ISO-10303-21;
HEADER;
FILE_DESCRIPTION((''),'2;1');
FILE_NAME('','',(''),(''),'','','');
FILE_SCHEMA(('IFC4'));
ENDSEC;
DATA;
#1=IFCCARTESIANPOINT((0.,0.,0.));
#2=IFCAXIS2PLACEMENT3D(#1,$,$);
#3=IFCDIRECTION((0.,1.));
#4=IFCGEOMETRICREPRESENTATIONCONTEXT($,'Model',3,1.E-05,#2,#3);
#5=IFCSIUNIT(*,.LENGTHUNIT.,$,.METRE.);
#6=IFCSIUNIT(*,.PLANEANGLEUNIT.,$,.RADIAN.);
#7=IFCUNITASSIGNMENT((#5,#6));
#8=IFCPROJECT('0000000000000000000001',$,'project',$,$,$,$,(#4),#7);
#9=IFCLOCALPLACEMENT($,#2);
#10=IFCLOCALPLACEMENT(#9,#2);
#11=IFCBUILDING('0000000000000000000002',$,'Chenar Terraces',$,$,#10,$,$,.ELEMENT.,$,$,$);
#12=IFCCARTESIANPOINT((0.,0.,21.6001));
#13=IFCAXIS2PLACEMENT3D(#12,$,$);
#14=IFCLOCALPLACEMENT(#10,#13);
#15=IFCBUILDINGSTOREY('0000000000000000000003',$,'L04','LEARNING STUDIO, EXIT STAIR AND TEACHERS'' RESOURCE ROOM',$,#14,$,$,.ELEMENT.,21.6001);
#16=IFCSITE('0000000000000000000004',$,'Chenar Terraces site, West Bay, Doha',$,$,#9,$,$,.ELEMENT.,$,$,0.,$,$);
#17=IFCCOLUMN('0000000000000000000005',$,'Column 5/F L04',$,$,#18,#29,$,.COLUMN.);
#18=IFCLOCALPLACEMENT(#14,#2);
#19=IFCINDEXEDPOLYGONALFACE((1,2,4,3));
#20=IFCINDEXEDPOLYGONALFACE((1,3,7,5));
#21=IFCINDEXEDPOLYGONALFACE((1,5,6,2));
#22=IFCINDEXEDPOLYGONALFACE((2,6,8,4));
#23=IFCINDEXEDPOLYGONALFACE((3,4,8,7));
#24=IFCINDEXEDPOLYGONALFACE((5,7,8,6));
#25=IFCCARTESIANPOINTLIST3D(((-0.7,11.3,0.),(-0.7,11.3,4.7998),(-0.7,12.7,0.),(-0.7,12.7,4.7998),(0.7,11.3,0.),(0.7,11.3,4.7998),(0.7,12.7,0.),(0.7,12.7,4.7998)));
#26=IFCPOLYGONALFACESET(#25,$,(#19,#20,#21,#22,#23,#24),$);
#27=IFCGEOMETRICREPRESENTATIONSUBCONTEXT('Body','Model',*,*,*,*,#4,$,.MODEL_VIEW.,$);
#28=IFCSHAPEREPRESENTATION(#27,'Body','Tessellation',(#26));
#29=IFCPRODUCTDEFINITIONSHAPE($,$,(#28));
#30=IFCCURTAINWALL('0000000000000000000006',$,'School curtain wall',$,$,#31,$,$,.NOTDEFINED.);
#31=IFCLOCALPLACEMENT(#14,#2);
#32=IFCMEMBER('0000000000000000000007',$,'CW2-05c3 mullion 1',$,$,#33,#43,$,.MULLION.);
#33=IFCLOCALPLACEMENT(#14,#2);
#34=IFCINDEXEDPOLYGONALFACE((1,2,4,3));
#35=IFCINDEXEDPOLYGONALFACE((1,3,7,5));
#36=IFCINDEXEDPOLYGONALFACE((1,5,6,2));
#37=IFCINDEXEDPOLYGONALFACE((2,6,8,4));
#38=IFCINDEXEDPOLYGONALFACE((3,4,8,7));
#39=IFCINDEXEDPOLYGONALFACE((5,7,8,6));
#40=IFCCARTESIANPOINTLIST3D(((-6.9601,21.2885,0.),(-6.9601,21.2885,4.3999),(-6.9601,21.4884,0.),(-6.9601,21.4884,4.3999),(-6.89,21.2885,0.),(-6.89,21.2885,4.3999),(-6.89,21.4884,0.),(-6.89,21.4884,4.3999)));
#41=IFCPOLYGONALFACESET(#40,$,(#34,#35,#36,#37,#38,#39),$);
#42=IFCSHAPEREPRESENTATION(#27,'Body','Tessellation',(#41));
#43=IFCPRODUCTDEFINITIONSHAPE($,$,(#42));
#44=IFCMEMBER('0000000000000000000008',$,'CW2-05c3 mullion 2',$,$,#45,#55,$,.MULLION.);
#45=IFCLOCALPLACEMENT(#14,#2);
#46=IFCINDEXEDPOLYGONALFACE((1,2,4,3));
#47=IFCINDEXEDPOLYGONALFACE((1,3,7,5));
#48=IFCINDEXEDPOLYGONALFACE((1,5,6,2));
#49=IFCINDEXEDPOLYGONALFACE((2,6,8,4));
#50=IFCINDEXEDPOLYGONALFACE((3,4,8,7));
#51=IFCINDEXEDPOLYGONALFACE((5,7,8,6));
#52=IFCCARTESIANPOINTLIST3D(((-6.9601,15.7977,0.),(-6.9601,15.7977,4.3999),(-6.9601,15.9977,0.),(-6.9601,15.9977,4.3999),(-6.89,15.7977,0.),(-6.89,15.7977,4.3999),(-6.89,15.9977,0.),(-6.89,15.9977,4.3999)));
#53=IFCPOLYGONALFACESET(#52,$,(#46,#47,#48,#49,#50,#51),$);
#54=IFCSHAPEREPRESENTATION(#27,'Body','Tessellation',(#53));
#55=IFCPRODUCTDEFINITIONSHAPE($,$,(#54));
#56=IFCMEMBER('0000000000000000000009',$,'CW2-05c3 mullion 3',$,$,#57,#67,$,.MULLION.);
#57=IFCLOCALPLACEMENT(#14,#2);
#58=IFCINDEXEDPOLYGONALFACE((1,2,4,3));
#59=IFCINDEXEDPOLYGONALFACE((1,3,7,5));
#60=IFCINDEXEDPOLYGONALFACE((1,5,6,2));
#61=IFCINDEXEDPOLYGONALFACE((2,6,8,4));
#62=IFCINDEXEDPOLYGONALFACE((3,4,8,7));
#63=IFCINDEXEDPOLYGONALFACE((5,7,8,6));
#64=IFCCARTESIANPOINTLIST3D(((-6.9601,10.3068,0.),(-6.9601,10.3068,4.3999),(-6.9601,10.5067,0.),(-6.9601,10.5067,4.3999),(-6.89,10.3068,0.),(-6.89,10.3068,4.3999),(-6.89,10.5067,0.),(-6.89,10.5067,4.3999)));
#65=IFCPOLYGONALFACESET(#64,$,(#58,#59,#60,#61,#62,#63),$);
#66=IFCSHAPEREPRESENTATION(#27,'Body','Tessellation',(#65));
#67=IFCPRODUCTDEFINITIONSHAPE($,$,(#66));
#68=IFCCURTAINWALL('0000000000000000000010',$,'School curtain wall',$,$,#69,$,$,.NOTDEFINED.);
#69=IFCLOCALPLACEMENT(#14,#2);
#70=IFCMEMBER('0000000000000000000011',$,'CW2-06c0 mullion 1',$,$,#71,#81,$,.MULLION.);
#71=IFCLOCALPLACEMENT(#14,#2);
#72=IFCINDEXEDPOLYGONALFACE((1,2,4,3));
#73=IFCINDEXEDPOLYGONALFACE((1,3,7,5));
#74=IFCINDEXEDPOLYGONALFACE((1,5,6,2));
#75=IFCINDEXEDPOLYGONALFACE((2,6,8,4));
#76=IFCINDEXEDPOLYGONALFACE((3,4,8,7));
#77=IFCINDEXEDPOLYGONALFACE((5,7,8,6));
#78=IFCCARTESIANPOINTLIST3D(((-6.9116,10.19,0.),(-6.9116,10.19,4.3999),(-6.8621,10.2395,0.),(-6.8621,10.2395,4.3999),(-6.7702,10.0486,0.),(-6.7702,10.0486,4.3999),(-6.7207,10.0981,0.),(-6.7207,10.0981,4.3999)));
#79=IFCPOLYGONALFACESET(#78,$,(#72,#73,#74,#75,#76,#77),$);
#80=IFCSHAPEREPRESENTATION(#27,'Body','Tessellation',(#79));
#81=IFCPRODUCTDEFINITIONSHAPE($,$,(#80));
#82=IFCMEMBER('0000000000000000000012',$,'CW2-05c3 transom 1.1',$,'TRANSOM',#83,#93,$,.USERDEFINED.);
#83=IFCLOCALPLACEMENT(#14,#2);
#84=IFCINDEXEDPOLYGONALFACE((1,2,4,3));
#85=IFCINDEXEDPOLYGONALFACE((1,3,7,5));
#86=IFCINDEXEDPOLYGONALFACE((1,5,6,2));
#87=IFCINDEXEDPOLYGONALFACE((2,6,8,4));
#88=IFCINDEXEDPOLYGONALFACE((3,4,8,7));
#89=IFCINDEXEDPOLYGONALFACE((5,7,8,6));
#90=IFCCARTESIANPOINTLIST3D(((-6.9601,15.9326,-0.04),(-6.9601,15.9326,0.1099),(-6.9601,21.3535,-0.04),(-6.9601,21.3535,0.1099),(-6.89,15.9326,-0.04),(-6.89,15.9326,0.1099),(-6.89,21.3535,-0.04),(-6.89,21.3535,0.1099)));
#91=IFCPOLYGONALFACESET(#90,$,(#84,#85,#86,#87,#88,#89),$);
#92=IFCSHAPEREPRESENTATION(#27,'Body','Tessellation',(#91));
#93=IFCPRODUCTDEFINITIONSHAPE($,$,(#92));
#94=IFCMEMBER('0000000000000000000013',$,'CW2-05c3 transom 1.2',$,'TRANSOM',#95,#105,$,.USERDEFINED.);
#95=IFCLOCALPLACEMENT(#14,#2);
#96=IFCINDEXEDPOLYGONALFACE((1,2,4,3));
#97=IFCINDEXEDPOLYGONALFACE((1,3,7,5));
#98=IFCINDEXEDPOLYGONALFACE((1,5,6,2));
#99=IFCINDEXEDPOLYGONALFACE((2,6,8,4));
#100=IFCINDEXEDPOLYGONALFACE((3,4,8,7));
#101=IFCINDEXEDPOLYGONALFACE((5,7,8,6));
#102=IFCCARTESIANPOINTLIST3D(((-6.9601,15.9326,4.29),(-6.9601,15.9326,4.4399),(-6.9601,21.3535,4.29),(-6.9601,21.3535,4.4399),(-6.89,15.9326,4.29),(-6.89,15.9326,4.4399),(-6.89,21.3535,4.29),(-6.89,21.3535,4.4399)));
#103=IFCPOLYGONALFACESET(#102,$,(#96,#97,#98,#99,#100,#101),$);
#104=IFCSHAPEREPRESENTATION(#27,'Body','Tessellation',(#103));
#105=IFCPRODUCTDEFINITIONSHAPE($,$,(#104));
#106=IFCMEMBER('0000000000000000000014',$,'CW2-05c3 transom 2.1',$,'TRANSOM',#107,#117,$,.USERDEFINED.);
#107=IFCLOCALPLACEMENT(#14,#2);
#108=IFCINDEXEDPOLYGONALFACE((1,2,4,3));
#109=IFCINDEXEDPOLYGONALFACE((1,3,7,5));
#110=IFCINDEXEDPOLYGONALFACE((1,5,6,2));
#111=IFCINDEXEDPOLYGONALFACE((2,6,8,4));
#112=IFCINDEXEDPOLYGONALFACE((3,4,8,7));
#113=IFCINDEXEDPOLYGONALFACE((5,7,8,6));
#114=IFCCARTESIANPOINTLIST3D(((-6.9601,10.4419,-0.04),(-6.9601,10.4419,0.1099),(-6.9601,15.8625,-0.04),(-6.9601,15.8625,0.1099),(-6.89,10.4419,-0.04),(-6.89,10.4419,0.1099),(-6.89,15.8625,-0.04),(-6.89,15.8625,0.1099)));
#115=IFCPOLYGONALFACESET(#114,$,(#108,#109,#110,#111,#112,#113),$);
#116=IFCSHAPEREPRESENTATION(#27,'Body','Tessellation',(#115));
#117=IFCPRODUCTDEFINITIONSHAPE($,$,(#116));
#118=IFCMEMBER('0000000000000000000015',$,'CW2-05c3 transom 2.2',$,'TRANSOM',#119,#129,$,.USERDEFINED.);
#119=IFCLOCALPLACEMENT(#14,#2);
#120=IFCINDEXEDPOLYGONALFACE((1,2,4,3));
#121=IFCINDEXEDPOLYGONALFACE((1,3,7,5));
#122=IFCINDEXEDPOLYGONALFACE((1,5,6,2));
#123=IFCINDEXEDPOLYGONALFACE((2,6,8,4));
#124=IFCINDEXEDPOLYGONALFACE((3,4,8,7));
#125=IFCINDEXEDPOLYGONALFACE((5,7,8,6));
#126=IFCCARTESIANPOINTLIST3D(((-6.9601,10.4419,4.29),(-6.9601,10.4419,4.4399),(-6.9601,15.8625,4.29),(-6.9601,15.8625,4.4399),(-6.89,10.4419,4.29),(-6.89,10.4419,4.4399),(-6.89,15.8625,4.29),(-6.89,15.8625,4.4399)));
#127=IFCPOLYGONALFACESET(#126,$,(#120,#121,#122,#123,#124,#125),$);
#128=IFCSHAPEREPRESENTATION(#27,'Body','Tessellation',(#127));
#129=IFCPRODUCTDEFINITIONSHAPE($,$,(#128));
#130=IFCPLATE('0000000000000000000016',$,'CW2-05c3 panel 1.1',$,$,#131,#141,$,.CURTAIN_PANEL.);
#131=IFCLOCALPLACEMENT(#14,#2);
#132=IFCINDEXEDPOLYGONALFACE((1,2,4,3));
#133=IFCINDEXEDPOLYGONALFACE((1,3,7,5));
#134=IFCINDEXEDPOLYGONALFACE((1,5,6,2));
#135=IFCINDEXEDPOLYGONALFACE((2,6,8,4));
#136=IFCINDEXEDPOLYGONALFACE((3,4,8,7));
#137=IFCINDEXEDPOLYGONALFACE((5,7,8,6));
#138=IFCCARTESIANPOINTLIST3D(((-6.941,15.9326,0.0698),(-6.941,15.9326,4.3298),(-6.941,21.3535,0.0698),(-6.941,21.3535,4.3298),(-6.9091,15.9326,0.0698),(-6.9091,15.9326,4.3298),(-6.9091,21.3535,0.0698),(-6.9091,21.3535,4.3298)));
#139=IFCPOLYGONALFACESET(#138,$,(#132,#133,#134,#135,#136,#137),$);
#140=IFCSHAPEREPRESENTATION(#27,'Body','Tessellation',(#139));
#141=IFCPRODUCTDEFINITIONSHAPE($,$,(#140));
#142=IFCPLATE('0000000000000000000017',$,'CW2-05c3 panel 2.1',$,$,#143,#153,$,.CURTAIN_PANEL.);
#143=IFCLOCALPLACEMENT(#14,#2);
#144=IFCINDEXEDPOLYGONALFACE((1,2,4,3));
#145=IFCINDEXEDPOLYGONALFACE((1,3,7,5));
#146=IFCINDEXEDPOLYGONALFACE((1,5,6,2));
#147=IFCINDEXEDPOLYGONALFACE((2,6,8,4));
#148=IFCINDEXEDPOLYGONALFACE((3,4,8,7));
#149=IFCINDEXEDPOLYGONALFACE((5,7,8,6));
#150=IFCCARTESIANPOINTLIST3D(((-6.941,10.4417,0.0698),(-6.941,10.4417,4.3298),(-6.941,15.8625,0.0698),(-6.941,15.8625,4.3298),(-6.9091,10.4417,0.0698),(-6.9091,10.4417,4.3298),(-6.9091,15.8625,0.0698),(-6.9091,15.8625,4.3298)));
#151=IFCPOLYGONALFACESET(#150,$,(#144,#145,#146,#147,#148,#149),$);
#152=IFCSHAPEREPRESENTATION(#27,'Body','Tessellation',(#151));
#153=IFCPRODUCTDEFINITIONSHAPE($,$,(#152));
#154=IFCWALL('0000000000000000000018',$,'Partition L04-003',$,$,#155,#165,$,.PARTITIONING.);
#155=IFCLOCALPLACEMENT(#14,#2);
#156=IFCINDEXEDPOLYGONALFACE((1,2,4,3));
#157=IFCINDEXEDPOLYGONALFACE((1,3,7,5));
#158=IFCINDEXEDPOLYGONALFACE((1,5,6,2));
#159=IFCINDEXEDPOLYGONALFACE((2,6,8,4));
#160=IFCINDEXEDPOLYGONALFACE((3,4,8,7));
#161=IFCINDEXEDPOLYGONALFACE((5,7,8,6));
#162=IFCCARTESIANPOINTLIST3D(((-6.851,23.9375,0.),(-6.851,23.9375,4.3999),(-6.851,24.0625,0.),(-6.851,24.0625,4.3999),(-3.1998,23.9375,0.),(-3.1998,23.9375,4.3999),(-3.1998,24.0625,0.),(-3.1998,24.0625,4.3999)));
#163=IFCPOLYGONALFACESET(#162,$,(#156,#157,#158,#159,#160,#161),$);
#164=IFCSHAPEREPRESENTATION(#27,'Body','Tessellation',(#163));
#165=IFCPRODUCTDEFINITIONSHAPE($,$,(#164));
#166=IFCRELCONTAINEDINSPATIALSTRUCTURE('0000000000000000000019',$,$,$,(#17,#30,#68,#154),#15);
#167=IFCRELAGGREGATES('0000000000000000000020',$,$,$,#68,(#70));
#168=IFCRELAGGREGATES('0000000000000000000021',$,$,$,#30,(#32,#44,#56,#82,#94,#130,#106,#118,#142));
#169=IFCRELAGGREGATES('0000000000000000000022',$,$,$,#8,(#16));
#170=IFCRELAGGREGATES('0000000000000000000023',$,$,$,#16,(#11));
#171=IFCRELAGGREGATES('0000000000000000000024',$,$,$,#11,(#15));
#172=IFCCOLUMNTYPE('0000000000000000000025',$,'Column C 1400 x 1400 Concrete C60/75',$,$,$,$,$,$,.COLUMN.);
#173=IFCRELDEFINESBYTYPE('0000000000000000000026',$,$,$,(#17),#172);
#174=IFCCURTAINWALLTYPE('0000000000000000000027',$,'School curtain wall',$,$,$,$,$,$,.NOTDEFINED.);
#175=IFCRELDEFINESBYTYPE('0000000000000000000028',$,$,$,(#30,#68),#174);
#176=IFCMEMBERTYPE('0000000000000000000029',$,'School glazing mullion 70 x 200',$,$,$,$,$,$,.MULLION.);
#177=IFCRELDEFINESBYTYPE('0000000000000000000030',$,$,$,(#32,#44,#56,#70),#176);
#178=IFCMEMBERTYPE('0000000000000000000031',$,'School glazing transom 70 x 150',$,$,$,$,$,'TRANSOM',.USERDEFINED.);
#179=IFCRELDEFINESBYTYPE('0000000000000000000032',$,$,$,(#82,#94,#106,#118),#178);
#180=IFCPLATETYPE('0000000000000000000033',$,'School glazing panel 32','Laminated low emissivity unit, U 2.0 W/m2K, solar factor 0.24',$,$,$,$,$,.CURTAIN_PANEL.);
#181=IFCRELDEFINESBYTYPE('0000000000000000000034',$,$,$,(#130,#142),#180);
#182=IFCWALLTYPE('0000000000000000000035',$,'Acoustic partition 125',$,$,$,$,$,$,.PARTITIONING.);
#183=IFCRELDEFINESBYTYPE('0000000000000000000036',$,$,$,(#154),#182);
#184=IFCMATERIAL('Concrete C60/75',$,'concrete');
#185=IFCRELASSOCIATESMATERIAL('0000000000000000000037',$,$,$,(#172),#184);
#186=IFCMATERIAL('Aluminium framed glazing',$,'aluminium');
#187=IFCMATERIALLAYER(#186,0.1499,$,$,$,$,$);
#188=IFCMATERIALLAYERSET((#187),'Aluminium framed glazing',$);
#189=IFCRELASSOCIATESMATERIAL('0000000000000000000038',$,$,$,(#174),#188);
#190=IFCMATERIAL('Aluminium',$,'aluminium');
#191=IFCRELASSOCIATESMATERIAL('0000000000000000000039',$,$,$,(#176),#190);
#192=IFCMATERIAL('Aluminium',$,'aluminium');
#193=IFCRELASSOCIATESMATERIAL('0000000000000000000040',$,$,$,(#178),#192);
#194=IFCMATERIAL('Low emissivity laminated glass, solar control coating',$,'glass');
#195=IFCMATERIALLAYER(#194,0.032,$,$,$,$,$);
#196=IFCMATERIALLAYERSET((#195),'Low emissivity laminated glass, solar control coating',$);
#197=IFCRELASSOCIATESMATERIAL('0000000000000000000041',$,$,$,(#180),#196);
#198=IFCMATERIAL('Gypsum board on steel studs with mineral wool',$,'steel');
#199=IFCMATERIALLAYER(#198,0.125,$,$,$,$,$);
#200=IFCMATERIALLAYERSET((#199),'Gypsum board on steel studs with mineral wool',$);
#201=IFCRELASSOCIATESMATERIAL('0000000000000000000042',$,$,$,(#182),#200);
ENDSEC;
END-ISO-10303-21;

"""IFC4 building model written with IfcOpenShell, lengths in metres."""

from ifc_helpers import new_model, si_unit, direction, frame, frame_2d, origin, origin_2d, place, context, subcontext, project, spatial, rectangle, extrude, material, layer, layer_set, material_profile, profile_set, type_object, element, aggregate, save


model = new_model("IFC4")

# Units and contexts
model_context = context("Model", 3, precision=1e-05, world=origin(), true_north=direction((0.0, 1.0)))
body_context = subcontext(model_context, "Body", "Model", "MODEL_VIEW")
ifc_project = project(units=[si_unit("LENGTHUNIT", "METRE"), si_unit("PLANEANGLEUNIT", "RADIAN")], contexts=[model_context])

# Site, building, storey
site_placement = place(None, origin())
site = spatial("IfcSite", under=ifc_project, at=site_placement, Name="Chenar Terraces site, West Bay, Doha", CompositionType="ELEMENT", RefElevation=0.0)
building_placement = place(site_placement, origin())
building = spatial("IfcBuilding", under=site, at=building_placement, Name="Chenar Terraces", CompositionType="ELEMENT")
storey_placement = place(building_placement, frame((0.0, 0.0, 21.6001)))
storey = spatial("IfcBuildingStorey", under=building, at=storey_placement, Name="L04", Description="LEARNING STUDIO, EXIT STAIR AND TEACHERS' RESOURCE ROOM", CompositionType="ELEMENT", Elevation=21.6001)

# Column
ifc_material_1 = material(Name="Concrete C60/75", Category="concrete")
ifc_material_profile_1 = material_profile(ifc_material_1, rectangle(XDim=1.3999, YDim=1.3999, at=origin_2d()), Name="C 1400 x 1400")
ifc_profile_set_1 = profile_set([ifc_material_profile_1], Name="Concrete C60/75")
column_type = type_object("IfcColumnType", Name="Column C 1400 x 1400 Concrete C60/75", PredefinedType="COLUMN", material=ifc_profile_set_1)
column_placement = place(storey_placement, frame((0.0, 12.0, 0.0), z_axis=(0.0, 0.0, 1.0), x_axis=(1.0, 0.0, 0.0)))
element("IfcColumn", 1, at=column_placement, inside=storey, type_object=column_type, Name="Column 5/F L04", PredefinedType="COLUMN", context=body_context, shape_type="SweptSolid", body=[
    extrude(rectangle(XDim=1.3999, YDim=1.3999, at=origin_2d()), origin(), (0.0, 0.0, 1.0), 4.7998),
])

# Curtain wall, members
ifc_material_2 = material(Name="Aluminium framed glazing", Category="aluminium")
ifc_layer_1 = layer(ifc_material_2, 0.1499)
ifc_layer_set_1 = layer_set([ifc_layer_1], Name="Aluminium framed glazing")
curtain_wall_type = type_object("IfcCurtainWallType", Name="School curtain wall", PredefinedType="NOTDEFINED", material=ifc_layer_set_1)
placement = place(storey_placement, origin())
curtain_wall_1 = element("IfcCurtainWall", 2, at=placement, inside=storey, type_object=curtain_wall_type, Name="School curtain wall", PredefinedType="NOTDEFINED")
ifc_material_3 = material(Name="Aluminium", Category="aluminium")
ifc_material_profile_2 = material_profile(ifc_material_3, rectangle(XDim=0.0701, YDim=0.2, at=origin_2d()), Name="School glazing mullion 70 x 200")
ifc_profile_set_2 = profile_set([ifc_material_profile_2], Name="Aluminium")
member_type_1 = type_object("IfcMemberType", Name="School glazing mullion 70 x 200", PredefinedType="MULLION", material=ifc_profile_set_2)
member_1_placement = place(storey_placement, frame((-6.925, 21.3884, 0.0), z_axis=(0.0, 0.0, 1.0), x_axis=(1.0, 0.0, 0.0)))
member_1 = element("IfcMember", 3, at=member_1_placement, type_object=member_type_1, Name="CW2-05c3 mullion 1", PredefinedType="MULLION", context=body_context, shape_type="SweptSolid", body=[
    extrude(rectangle(XDim=0.0701, YDim=0.2, at=origin_2d()), origin(), (0.0, 0.0, 1.0), 4.3999),
])
member_2_placement = place(storey_placement, frame((-6.925, 15.8977, 0.0), z_axis=(0.0, 0.0, 1.0), x_axis=(1.0, 0.0, 0.0)))
member_2 = element("IfcMember", 4, at=member_2_placement, type_object=member_type_1, Name="CW2-05c3 mullion 2", PredefinedType="MULLION", context=body_context, shape_type="SweptSolid", body=[
    extrude(rectangle(XDim=0.0701, YDim=0.2, at=origin_2d()), origin(), (0.0, 0.0, 1.0), 4.3999),
])
member_3_placement = place(storey_placement, frame((-6.925, 10.4067, 0.0), z_axis=(0.0, 0.0, 1.0), x_axis=(1.0, 0.0, 0.0)))
member_3 = element("IfcMember", 5, at=member_3_placement, type_object=member_type_1, Name="CW2-05c3 mullion 3", PredefinedType="MULLION", context=body_context, shape_type="SweptSolid", body=[
    extrude(rectangle(XDim=0.0701, YDim=0.2, at=origin_2d()), origin(), (0.0, 0.0, 1.0), 4.3999),
])

# Curtain wall, member
curtain_wall_2 = element("IfcCurtainWall", 6, at=placement, inside=storey, type_object=curtain_wall_type, Name="School curtain wall", PredefinedType="NOTDEFINED")
member_4_placement = place(storey_placement, frame((-6.8162, 10.144, 0.0), z_axis=(0.0, 0.0, 1.0), x_axis=(0.707107, 0.707107, 0.0)))
member_4 = element("IfcMember", 7, at=member_4_placement, type_object=member_type_1, Name="CW2-06c0 mullion 1", PredefinedType="MULLION", context=body_context, shape_type="SweptSolid", body=[
    extrude(rectangle(XDim=0.0701, YDim=0.2, at=origin_2d()), origin(), (0.0, 0.0, 1.0), 4.3999),
])
aggregate(curtain_wall_2, [member_4])

# Members
ifc_material_4 = material(Name="Aluminium", Category="aluminium")
ifc_material_profile_3 = material_profile(ifc_material_4, rectangle(XDim=0.0701, YDim=0.1499, at=origin_2d()), Name="School glazing transom 70 x 150")
ifc_profile_set_3 = profile_set([ifc_material_profile_3], Name="Aluminium")
member_type_2 = type_object("IfcMemberType", Name="School glazing transom 70 x 150", ElementType="TRANSOM", PredefinedType="USERDEFINED", material=ifc_profile_set_3)
member_5_placement = place(storey_placement, frame((-6.925, 21.3535, 0.0349), z_axis=(0.0, -1.0, 0.0), x_axis=(1.0, 0.0, 0.0)))
member_5 = element("IfcMember", 8, at=member_5_placement, type_object=member_type_2, Name="CW2-05c3 transom 1.1", ObjectType="TRANSOM", PredefinedType="USERDEFINED", context=body_context, shape_type="SweptSolid", body=[
    extrude(rectangle(XDim=0.0701, YDim=0.1499, at=origin_2d()), origin(), (0.0, 0.0, 1.0), 5.4209),
])
member_6_placement = place(storey_placement, frame((-6.925, 21.3535, 4.365), z_axis=(0.0, -1.0, 0.0), x_axis=(1.0, 0.0, 0.0)))
member_6 = element("IfcMember", 9, at=member_6_placement, type_object=member_type_2, Name="CW2-05c3 transom 1.2", ObjectType="TRANSOM", PredefinedType="USERDEFINED", context=body_context, shape_type="SweptSolid", body=[
    extrude(rectangle(XDim=0.0701, YDim=0.1499, at=origin_2d()), origin(), (0.0, 0.0, 1.0), 5.4209),
])
member_7_placement = place(storey_placement, frame((-6.925, 15.8625, 0.0349), z_axis=(0.0, -1.0, 0.0), x_axis=(1.0, 0.0, 0.0)))
member_7 = element("IfcMember", 10, at=member_7_placement, type_object=member_type_2, Name="CW2-05c3 transom 2.1", ObjectType="TRANSOM", PredefinedType="USERDEFINED", context=body_context, shape_type="SweptSolid", body=[
    extrude(rectangle(XDim=0.0701, YDim=0.1499, at=origin_2d()), origin(), (0.0, 0.0, 1.0), 5.4207),
])
member_8_placement = place(storey_placement, frame((-6.925, 15.8625, 4.365), z_axis=(0.0, -1.0, 0.0), x_axis=(1.0, 0.0, 0.0)))
member_8 = element("IfcMember", 11, at=member_8_placement, type_object=member_type_2, Name="CW2-05c3 transom 2.2", ObjectType="TRANSOM", PredefinedType="USERDEFINED", context=body_context, shape_type="SweptSolid", body=[
    extrude(rectangle(XDim=0.0701, YDim=0.1499, at=origin_2d()), origin(), (0.0, 0.0, 1.0), 5.4207),
])

# Plates
ifc_material_5 = material(Name="Low emissivity laminated glass, solar control coating", Category="glass")
ifc_layer_2 = layer(ifc_material_5, 0.032)
ifc_layer_set_2 = layer_set([ifc_layer_2], Name="Low emissivity laminated glass, solar control coating")
plate_type = type_object("IfcPlateType", Name="School glazing panel 32", Description="Laminated low emissivity unit, U 2.0 W/m2K, solar factor 0.24", PredefinedType="CURTAIN_PANEL", material=ifc_layer_set_2)
plate_1_placement = place(storey_placement, frame((-6.925, 18.6431, 0.0698), z_axis=(0.0, 0.0, 1.0), x_axis=(0.0, -1.0, 0.0)))
plate_1 = element("IfcPlate", 12, at=plate_1_placement, type_object=plate_type, Name="CW2-05c3 panel 1.1", PredefinedType="CURTAIN_PANEL", context=body_context, shape_type="SweptSolid", body=[
    extrude(rectangle(XDim=5.4209, YDim=0.032, at=origin_2d()), origin(), (0.0, 0.0, 1.0), 4.26),
])
plate_2_placement = place(storey_placement, frame((-6.925, 13.1521, 0.0698), z_axis=(0.0, 0.0, 1.0), x_axis=(0.0, -1.0, 0.0)))
plate_2 = element("IfcPlate", 13, at=plate_2_placement, type_object=plate_type, Name="CW2-05c3 panel 2.1", PredefinedType="CURTAIN_PANEL", context=body_context, shape_type="SweptSolid", body=[
    extrude(rectangle(XDim=5.4209, YDim=0.032, at=origin_2d()), origin(), (0.0, 0.0, 1.0), 4.26),
])
aggregate(curtain_wall_1, [member_1, member_2, member_3, member_5, member_6, plate_1, member_7, member_8, plate_2])

# Wall
ifc_material_6 = material(Name="Gypsum board on steel studs with mineral wool", Category="steel")
ifc_layer_3 = layer(ifc_material_6, 0.125)
ifc_layer_set_3 = layer_set([ifc_layer_3], Name="Gypsum board on steel studs with mineral wool")
wall_type_1 = type_object("IfcWallType", Name="Acoustic partition 125", PredefinedType="PARTITIONING", material=ifc_layer_set_3)
wall_1_placement = place(storey_placement, frame((-6.8511, 24.0, 0.0), z_axis=(0.0, 0.0, 1.0), x_axis=(1.0, 0.0, 0.0)))
element("IfcWall", 14, at=wall_1_placement, inside=storey, type_object=wall_type_1, Name="Partition L04-003", PredefinedType="PARTITIONING", context=body_context, shape_type="SweptSolid", body=[
    extrude(rectangle(XDim=3.6511, YDim=0.125, at=frame_2d((1.8257, 0.0))), origin(), (0.0, 0.0, 1.0), 4.3999),
])

save(model, "model.ifc")
